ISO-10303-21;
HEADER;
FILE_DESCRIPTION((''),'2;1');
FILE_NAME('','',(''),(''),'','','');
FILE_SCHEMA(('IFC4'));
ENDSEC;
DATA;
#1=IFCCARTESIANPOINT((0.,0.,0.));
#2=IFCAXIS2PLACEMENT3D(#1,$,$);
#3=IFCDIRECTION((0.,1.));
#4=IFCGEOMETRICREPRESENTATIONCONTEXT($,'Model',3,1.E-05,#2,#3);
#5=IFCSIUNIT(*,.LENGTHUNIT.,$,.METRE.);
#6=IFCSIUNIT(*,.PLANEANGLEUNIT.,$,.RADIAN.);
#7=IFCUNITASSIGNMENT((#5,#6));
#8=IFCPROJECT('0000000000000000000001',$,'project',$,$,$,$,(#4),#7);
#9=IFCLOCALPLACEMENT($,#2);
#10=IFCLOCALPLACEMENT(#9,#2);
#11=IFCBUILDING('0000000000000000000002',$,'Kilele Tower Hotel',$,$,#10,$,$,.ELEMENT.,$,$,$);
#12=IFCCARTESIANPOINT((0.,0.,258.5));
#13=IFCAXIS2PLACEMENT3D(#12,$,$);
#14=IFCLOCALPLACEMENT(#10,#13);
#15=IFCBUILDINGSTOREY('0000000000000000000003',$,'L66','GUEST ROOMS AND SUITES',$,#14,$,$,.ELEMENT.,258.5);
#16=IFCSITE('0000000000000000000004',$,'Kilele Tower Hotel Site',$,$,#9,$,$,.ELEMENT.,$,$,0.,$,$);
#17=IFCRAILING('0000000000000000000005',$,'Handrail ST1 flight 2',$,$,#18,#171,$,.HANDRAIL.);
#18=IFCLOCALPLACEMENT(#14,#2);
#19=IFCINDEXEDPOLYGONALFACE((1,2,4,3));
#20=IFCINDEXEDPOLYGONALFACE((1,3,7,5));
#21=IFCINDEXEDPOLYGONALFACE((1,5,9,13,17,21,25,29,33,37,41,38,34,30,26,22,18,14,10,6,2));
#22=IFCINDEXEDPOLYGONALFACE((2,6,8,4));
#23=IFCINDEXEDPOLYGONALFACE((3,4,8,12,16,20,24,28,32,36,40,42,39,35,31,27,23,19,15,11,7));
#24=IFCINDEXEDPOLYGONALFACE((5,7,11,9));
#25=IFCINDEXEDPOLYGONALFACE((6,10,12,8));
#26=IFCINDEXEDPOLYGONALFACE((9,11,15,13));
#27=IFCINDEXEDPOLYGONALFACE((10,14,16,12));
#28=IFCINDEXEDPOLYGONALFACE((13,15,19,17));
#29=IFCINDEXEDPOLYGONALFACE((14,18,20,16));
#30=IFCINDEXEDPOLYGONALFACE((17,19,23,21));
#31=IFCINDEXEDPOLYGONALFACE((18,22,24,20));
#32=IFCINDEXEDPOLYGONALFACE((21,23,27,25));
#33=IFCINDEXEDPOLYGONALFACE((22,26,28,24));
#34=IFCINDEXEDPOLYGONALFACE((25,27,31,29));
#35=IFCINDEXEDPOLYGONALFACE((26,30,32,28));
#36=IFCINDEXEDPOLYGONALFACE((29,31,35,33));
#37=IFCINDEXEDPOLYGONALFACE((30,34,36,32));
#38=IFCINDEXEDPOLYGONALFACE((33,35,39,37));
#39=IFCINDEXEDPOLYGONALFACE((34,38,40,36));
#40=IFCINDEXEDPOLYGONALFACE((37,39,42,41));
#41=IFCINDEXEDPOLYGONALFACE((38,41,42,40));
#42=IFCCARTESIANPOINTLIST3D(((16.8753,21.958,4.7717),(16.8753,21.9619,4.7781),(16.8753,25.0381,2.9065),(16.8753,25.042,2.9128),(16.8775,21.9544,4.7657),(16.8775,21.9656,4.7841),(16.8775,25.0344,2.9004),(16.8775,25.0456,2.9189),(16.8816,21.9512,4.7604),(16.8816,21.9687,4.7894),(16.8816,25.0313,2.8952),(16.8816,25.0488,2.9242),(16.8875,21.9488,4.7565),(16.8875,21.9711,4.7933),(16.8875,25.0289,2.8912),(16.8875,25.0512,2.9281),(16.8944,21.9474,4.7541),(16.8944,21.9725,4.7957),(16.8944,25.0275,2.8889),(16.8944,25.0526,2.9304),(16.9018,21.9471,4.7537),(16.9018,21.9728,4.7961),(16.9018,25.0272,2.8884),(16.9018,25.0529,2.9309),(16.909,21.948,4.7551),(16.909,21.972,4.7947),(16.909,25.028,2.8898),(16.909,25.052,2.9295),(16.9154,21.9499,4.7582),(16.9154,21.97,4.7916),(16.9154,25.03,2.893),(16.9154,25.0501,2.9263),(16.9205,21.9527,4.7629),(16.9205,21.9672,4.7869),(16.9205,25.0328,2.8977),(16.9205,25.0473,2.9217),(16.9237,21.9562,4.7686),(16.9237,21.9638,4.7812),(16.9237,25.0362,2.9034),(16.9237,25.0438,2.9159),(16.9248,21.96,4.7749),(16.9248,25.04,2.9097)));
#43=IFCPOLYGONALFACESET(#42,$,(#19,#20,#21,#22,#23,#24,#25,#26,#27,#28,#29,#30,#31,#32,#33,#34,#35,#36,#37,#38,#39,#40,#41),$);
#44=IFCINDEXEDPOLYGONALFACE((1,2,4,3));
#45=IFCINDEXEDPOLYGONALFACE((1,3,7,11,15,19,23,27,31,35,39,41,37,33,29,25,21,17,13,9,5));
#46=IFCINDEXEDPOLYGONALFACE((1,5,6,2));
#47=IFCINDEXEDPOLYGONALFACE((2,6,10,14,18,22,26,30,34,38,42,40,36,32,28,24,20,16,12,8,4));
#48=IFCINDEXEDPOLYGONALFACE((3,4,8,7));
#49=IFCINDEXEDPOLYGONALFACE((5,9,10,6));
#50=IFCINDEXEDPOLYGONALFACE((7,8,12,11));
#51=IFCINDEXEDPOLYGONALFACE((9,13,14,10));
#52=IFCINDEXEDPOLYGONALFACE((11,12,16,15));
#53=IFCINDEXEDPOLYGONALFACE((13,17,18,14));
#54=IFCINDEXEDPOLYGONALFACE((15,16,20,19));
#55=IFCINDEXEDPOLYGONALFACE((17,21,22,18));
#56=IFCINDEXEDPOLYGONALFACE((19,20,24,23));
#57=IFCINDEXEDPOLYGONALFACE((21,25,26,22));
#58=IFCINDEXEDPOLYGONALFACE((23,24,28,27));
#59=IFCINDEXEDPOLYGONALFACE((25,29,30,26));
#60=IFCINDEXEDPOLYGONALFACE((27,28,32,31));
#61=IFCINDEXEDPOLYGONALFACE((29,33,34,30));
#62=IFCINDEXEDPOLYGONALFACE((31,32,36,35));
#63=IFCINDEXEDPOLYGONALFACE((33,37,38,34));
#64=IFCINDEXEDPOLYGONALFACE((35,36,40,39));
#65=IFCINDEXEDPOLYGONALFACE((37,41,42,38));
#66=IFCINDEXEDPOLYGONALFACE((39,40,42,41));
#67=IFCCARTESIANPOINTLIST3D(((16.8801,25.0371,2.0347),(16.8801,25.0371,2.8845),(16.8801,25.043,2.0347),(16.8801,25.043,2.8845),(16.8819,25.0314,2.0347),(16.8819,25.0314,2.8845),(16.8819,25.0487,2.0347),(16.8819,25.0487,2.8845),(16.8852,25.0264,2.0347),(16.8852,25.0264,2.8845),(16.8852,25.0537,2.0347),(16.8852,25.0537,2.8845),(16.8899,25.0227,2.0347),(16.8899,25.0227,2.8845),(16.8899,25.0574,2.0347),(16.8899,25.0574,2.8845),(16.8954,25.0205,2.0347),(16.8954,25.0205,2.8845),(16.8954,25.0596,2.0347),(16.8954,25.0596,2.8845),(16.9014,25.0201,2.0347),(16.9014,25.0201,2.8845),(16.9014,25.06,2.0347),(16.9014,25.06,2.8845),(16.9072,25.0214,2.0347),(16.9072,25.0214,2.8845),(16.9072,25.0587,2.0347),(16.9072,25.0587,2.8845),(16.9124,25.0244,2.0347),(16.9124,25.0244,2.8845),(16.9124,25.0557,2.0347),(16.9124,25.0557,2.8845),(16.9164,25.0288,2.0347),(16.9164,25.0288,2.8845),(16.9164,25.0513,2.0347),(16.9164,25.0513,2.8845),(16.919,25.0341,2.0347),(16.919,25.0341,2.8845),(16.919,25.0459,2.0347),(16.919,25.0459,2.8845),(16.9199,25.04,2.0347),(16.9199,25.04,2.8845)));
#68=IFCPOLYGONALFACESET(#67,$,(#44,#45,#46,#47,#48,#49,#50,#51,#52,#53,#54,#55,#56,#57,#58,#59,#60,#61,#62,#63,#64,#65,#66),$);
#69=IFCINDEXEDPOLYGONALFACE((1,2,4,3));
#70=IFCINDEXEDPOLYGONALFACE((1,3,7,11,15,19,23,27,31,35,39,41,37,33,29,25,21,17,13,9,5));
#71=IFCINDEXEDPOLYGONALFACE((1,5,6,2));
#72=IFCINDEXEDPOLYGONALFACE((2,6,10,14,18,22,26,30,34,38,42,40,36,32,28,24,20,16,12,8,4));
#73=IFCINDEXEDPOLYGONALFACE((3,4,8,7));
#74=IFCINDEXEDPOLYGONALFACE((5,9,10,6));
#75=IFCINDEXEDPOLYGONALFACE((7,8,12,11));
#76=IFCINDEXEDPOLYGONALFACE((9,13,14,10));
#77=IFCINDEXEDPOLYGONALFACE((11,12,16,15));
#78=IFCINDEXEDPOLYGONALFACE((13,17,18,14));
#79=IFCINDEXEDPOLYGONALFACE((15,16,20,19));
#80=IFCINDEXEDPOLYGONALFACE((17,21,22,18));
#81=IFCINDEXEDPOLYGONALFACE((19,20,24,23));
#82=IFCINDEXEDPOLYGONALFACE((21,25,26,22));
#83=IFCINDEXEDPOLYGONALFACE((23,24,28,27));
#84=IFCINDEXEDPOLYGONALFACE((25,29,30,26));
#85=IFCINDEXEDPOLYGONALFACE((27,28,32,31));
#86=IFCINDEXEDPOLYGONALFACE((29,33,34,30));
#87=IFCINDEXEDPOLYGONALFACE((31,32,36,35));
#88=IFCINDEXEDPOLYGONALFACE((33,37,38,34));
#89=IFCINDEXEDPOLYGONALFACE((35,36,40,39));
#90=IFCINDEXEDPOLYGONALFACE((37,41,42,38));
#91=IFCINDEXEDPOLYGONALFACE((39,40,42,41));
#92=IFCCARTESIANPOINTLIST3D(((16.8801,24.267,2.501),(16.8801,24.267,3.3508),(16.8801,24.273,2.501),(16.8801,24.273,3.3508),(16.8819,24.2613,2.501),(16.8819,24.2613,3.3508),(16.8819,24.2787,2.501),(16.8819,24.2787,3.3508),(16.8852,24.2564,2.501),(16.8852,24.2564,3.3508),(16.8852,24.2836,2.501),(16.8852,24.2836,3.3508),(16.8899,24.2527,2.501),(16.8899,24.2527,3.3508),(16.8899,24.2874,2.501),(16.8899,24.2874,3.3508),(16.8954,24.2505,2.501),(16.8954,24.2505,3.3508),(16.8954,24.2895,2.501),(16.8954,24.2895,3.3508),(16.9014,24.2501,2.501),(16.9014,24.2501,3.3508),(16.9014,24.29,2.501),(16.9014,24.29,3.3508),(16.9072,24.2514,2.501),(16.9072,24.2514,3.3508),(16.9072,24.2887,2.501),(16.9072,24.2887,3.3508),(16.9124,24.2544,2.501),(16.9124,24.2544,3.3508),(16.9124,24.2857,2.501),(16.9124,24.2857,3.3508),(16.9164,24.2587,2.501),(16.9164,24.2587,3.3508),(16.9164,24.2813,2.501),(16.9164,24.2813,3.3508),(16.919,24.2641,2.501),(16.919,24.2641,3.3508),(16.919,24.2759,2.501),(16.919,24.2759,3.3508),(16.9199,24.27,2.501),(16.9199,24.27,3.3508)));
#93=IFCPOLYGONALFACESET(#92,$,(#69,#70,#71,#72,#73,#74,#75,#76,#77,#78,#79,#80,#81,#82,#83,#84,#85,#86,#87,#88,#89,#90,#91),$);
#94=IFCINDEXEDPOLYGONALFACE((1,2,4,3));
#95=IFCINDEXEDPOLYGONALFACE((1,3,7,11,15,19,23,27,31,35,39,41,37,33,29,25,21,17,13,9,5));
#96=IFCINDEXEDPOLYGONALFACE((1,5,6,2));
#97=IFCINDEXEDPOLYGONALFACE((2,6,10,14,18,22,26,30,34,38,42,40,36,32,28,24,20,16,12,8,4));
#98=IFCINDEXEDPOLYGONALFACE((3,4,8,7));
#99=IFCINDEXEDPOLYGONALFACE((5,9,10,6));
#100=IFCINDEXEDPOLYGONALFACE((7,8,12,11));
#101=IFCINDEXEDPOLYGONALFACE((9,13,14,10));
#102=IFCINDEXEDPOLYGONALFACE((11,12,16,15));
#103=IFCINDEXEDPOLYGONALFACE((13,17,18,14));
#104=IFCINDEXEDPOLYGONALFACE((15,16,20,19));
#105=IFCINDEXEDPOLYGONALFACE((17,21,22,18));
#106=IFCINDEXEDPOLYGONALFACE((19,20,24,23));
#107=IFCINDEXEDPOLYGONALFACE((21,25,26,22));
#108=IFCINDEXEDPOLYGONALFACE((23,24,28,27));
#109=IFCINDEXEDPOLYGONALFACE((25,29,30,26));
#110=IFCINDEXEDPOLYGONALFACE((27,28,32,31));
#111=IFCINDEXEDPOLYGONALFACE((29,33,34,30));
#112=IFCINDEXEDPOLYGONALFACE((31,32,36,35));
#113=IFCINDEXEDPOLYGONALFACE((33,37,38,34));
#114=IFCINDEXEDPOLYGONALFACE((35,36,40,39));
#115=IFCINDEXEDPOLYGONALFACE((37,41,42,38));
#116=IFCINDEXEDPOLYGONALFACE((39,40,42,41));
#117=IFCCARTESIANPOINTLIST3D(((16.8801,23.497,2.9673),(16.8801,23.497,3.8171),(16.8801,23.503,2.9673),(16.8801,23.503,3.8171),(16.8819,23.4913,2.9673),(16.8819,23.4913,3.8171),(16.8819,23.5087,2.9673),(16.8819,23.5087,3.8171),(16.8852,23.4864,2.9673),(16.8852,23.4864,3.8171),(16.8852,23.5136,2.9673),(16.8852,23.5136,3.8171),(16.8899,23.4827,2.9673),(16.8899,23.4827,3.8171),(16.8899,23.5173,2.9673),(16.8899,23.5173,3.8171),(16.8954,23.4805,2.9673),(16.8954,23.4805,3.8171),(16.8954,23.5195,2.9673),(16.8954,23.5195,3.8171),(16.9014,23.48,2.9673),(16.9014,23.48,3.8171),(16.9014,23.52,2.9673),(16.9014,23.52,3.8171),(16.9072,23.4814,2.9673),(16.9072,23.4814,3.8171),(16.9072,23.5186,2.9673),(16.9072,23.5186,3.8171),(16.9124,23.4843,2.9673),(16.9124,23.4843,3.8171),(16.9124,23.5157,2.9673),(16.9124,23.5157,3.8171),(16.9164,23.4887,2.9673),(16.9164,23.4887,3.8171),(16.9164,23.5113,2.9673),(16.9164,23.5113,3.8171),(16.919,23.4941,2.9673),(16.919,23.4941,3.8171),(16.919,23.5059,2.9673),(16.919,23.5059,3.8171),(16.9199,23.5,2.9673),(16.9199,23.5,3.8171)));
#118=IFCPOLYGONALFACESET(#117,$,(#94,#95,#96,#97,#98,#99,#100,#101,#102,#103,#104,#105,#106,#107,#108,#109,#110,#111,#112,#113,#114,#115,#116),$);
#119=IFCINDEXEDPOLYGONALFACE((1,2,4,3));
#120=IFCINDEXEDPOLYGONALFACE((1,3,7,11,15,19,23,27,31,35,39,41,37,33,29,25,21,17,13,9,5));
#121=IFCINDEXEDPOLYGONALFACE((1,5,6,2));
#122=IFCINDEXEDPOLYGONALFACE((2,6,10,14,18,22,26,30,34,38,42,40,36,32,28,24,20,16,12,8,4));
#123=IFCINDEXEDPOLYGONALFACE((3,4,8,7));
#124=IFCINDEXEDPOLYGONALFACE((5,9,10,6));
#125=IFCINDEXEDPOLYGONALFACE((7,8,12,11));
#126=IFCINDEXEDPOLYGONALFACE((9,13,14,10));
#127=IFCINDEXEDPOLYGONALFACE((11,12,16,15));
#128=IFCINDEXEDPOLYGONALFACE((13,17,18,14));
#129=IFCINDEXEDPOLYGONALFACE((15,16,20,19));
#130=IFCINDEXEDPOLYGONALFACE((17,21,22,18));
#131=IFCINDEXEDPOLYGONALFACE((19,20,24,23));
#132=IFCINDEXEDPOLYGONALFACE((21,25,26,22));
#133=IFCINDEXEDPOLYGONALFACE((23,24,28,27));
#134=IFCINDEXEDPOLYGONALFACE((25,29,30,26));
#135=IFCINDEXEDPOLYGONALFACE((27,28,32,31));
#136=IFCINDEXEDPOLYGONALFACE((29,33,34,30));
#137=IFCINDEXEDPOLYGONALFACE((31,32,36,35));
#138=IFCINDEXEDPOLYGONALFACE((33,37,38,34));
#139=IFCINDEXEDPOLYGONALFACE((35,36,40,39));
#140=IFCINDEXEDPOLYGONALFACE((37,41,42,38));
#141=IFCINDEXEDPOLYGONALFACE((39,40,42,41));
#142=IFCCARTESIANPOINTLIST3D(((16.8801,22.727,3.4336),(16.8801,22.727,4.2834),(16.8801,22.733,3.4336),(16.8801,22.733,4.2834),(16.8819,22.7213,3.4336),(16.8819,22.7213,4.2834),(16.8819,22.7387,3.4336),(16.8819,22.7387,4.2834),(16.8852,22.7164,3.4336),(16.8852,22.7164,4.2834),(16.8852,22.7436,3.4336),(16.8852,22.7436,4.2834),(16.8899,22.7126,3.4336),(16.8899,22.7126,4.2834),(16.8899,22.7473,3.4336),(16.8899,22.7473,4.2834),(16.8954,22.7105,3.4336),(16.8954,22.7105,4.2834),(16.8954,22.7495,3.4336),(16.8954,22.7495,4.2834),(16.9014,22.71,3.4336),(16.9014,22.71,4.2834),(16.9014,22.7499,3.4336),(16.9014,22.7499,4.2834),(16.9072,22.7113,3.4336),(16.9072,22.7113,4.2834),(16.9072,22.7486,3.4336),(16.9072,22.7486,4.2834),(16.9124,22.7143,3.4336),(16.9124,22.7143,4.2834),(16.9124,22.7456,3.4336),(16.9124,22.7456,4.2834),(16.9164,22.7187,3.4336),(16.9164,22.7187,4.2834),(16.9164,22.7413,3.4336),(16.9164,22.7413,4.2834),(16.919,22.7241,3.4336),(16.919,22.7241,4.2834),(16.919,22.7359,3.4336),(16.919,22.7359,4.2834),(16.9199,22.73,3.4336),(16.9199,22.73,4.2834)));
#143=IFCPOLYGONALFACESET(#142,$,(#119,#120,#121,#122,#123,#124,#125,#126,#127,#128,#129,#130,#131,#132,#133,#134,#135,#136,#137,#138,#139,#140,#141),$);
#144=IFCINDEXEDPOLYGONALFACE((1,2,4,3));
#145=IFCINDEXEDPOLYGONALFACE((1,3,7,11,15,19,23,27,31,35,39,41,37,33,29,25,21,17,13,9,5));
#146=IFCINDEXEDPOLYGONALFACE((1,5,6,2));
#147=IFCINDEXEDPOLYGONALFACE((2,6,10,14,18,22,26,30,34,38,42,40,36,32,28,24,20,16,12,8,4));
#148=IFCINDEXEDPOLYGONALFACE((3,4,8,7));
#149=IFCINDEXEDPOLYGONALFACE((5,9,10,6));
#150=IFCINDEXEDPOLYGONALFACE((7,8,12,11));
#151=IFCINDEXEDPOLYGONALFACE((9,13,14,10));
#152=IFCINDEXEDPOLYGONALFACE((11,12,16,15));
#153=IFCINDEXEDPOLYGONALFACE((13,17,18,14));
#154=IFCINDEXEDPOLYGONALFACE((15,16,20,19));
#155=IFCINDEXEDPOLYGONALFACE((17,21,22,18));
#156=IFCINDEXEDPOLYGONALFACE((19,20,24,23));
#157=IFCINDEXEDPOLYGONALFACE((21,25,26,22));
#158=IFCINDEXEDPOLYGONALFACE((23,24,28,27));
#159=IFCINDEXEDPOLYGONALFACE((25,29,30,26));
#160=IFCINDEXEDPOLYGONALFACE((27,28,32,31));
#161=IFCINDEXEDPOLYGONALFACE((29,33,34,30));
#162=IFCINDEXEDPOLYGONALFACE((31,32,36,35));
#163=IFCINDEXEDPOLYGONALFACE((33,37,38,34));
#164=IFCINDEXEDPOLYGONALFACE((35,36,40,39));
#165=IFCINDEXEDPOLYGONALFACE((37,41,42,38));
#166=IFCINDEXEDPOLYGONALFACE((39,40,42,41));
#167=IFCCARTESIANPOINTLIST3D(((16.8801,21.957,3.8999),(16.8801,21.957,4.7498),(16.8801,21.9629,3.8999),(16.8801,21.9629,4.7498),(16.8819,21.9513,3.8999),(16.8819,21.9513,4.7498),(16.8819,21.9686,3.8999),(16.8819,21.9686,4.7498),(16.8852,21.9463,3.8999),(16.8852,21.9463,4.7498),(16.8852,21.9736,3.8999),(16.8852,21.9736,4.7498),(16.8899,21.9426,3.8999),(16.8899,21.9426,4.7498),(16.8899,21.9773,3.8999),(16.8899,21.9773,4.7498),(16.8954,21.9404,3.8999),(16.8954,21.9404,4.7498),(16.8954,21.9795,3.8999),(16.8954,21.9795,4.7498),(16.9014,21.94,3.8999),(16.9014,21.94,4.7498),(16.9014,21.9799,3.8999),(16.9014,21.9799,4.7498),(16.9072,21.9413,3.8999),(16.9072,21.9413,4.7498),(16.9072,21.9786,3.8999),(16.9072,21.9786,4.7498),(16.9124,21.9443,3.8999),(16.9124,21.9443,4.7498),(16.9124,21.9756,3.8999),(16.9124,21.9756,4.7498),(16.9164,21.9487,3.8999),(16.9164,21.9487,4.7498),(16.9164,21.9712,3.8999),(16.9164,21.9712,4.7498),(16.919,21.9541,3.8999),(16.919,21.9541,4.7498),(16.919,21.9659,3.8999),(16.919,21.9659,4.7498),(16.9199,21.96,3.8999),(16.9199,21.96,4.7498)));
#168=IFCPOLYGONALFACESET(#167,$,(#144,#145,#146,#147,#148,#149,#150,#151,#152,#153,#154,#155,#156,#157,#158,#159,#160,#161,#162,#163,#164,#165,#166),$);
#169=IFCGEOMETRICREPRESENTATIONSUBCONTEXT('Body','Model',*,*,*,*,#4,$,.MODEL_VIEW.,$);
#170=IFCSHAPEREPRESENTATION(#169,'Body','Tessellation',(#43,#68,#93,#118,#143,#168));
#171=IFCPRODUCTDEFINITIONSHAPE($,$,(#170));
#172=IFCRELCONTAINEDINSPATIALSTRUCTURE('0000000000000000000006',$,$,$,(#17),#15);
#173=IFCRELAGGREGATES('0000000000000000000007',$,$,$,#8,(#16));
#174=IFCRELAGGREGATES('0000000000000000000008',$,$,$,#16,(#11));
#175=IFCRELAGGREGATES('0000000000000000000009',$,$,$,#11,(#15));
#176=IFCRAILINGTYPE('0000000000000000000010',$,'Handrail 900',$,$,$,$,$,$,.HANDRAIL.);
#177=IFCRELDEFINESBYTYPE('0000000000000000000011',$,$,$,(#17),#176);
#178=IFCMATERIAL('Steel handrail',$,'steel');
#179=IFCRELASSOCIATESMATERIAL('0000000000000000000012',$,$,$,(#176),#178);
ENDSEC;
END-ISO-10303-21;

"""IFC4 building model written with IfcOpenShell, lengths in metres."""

from ifc_helpers import new_model, si_unit, direction, frame, origin, origin_2d, place, context, subcontext, project, spatial, circle, extrude, material, type_object, element, save


model = new_model("IFC4")

# Units and contexts
model_context = context("Model", 3, precision=1e-05, world=origin(), true_north=direction((0.0, 1.0)))
body_context = subcontext(model_context, "Body", "Model", "MODEL_VIEW")
ifc_project = project(units=[si_unit("LENGTHUNIT", "METRE"), si_unit("PLANEANGLEUNIT", "RADIAN")], contexts=[model_context])

# Site, building, storey
site_placement = place(None, origin())
site = spatial("IfcSite", under=ifc_project, at=site_placement, Name="Kilele Tower Hotel Site", CompositionType="ELEMENT", RefElevation=0.0)
building_placement = place(site_placement, origin())
building = spatial("IfcBuilding", under=site, at=building_placement, Name="Kilele Tower Hotel", CompositionType="ELEMENT")
storey_placement = place(building_placement, frame((0.0, 0.0, 258.5)))
storey = spatial("IfcBuildingStorey", under=building, at=storey_placement, Name="L66", Description="GUEST ROOMS AND SUITES", CompositionType="ELEMENT", Elevation=258.5)

# Railing
ifc_material_1 = material(Name="Steel handrail", Category="steel")
railing_type_1 = type_object("IfcRailingType", Name="Handrail 900", PredefinedType="HANDRAIL", material=ifc_material_1)
for number, where, name in (
    (1, (16.8999, 25.04, 2.0347), "Handrail ST1 flight 2"),
):
    element("IfcRailing", number, at=place(storey_placement, frame(where)), inside=storey, type_object=railing_type_1, Name=name, PredefinedType="HANDRAIL", context=body_context, shape_type="SweptSolid", body=[
        extrude(circle(Radius=0.0249, at=origin_2d()), frame((0.0, 0.0, 0.875), z_axis=(0.0, -0.85538, 0.518001), x_axis=(1.0, 0.0, 0.0)), (0.0, 0.0, 1.0), 3.6008),
        extrude(circle(Radius=0.02, at=origin_2d()), origin(), (0.0, 0.0, 1.0), 0.8499),
        extrude(circle(Radius=0.02, at=origin_2d()), frame((0.0, -0.77, 0.4663)), (0.0, 0.0, 1.0), 0.8499),
        extrude(circle(Radius=0.02, at=origin_2d()), frame((0.0, -1.54, 0.9326)), (0.0, 0.0, 1.0), 0.8499),
        extrude(circle(Radius=0.02, at=origin_2d()), frame((0.0, -2.3101, 1.3989)), (0.0, 0.0, 1.0), 0.8499),
        extrude(circle(Radius=0.02, at=origin_2d()), frame((0.0, -3.0801, 1.8652)), (0.0, 0.0, 1.0), 0.8499),
    ])

save(model, "model.ifc")
